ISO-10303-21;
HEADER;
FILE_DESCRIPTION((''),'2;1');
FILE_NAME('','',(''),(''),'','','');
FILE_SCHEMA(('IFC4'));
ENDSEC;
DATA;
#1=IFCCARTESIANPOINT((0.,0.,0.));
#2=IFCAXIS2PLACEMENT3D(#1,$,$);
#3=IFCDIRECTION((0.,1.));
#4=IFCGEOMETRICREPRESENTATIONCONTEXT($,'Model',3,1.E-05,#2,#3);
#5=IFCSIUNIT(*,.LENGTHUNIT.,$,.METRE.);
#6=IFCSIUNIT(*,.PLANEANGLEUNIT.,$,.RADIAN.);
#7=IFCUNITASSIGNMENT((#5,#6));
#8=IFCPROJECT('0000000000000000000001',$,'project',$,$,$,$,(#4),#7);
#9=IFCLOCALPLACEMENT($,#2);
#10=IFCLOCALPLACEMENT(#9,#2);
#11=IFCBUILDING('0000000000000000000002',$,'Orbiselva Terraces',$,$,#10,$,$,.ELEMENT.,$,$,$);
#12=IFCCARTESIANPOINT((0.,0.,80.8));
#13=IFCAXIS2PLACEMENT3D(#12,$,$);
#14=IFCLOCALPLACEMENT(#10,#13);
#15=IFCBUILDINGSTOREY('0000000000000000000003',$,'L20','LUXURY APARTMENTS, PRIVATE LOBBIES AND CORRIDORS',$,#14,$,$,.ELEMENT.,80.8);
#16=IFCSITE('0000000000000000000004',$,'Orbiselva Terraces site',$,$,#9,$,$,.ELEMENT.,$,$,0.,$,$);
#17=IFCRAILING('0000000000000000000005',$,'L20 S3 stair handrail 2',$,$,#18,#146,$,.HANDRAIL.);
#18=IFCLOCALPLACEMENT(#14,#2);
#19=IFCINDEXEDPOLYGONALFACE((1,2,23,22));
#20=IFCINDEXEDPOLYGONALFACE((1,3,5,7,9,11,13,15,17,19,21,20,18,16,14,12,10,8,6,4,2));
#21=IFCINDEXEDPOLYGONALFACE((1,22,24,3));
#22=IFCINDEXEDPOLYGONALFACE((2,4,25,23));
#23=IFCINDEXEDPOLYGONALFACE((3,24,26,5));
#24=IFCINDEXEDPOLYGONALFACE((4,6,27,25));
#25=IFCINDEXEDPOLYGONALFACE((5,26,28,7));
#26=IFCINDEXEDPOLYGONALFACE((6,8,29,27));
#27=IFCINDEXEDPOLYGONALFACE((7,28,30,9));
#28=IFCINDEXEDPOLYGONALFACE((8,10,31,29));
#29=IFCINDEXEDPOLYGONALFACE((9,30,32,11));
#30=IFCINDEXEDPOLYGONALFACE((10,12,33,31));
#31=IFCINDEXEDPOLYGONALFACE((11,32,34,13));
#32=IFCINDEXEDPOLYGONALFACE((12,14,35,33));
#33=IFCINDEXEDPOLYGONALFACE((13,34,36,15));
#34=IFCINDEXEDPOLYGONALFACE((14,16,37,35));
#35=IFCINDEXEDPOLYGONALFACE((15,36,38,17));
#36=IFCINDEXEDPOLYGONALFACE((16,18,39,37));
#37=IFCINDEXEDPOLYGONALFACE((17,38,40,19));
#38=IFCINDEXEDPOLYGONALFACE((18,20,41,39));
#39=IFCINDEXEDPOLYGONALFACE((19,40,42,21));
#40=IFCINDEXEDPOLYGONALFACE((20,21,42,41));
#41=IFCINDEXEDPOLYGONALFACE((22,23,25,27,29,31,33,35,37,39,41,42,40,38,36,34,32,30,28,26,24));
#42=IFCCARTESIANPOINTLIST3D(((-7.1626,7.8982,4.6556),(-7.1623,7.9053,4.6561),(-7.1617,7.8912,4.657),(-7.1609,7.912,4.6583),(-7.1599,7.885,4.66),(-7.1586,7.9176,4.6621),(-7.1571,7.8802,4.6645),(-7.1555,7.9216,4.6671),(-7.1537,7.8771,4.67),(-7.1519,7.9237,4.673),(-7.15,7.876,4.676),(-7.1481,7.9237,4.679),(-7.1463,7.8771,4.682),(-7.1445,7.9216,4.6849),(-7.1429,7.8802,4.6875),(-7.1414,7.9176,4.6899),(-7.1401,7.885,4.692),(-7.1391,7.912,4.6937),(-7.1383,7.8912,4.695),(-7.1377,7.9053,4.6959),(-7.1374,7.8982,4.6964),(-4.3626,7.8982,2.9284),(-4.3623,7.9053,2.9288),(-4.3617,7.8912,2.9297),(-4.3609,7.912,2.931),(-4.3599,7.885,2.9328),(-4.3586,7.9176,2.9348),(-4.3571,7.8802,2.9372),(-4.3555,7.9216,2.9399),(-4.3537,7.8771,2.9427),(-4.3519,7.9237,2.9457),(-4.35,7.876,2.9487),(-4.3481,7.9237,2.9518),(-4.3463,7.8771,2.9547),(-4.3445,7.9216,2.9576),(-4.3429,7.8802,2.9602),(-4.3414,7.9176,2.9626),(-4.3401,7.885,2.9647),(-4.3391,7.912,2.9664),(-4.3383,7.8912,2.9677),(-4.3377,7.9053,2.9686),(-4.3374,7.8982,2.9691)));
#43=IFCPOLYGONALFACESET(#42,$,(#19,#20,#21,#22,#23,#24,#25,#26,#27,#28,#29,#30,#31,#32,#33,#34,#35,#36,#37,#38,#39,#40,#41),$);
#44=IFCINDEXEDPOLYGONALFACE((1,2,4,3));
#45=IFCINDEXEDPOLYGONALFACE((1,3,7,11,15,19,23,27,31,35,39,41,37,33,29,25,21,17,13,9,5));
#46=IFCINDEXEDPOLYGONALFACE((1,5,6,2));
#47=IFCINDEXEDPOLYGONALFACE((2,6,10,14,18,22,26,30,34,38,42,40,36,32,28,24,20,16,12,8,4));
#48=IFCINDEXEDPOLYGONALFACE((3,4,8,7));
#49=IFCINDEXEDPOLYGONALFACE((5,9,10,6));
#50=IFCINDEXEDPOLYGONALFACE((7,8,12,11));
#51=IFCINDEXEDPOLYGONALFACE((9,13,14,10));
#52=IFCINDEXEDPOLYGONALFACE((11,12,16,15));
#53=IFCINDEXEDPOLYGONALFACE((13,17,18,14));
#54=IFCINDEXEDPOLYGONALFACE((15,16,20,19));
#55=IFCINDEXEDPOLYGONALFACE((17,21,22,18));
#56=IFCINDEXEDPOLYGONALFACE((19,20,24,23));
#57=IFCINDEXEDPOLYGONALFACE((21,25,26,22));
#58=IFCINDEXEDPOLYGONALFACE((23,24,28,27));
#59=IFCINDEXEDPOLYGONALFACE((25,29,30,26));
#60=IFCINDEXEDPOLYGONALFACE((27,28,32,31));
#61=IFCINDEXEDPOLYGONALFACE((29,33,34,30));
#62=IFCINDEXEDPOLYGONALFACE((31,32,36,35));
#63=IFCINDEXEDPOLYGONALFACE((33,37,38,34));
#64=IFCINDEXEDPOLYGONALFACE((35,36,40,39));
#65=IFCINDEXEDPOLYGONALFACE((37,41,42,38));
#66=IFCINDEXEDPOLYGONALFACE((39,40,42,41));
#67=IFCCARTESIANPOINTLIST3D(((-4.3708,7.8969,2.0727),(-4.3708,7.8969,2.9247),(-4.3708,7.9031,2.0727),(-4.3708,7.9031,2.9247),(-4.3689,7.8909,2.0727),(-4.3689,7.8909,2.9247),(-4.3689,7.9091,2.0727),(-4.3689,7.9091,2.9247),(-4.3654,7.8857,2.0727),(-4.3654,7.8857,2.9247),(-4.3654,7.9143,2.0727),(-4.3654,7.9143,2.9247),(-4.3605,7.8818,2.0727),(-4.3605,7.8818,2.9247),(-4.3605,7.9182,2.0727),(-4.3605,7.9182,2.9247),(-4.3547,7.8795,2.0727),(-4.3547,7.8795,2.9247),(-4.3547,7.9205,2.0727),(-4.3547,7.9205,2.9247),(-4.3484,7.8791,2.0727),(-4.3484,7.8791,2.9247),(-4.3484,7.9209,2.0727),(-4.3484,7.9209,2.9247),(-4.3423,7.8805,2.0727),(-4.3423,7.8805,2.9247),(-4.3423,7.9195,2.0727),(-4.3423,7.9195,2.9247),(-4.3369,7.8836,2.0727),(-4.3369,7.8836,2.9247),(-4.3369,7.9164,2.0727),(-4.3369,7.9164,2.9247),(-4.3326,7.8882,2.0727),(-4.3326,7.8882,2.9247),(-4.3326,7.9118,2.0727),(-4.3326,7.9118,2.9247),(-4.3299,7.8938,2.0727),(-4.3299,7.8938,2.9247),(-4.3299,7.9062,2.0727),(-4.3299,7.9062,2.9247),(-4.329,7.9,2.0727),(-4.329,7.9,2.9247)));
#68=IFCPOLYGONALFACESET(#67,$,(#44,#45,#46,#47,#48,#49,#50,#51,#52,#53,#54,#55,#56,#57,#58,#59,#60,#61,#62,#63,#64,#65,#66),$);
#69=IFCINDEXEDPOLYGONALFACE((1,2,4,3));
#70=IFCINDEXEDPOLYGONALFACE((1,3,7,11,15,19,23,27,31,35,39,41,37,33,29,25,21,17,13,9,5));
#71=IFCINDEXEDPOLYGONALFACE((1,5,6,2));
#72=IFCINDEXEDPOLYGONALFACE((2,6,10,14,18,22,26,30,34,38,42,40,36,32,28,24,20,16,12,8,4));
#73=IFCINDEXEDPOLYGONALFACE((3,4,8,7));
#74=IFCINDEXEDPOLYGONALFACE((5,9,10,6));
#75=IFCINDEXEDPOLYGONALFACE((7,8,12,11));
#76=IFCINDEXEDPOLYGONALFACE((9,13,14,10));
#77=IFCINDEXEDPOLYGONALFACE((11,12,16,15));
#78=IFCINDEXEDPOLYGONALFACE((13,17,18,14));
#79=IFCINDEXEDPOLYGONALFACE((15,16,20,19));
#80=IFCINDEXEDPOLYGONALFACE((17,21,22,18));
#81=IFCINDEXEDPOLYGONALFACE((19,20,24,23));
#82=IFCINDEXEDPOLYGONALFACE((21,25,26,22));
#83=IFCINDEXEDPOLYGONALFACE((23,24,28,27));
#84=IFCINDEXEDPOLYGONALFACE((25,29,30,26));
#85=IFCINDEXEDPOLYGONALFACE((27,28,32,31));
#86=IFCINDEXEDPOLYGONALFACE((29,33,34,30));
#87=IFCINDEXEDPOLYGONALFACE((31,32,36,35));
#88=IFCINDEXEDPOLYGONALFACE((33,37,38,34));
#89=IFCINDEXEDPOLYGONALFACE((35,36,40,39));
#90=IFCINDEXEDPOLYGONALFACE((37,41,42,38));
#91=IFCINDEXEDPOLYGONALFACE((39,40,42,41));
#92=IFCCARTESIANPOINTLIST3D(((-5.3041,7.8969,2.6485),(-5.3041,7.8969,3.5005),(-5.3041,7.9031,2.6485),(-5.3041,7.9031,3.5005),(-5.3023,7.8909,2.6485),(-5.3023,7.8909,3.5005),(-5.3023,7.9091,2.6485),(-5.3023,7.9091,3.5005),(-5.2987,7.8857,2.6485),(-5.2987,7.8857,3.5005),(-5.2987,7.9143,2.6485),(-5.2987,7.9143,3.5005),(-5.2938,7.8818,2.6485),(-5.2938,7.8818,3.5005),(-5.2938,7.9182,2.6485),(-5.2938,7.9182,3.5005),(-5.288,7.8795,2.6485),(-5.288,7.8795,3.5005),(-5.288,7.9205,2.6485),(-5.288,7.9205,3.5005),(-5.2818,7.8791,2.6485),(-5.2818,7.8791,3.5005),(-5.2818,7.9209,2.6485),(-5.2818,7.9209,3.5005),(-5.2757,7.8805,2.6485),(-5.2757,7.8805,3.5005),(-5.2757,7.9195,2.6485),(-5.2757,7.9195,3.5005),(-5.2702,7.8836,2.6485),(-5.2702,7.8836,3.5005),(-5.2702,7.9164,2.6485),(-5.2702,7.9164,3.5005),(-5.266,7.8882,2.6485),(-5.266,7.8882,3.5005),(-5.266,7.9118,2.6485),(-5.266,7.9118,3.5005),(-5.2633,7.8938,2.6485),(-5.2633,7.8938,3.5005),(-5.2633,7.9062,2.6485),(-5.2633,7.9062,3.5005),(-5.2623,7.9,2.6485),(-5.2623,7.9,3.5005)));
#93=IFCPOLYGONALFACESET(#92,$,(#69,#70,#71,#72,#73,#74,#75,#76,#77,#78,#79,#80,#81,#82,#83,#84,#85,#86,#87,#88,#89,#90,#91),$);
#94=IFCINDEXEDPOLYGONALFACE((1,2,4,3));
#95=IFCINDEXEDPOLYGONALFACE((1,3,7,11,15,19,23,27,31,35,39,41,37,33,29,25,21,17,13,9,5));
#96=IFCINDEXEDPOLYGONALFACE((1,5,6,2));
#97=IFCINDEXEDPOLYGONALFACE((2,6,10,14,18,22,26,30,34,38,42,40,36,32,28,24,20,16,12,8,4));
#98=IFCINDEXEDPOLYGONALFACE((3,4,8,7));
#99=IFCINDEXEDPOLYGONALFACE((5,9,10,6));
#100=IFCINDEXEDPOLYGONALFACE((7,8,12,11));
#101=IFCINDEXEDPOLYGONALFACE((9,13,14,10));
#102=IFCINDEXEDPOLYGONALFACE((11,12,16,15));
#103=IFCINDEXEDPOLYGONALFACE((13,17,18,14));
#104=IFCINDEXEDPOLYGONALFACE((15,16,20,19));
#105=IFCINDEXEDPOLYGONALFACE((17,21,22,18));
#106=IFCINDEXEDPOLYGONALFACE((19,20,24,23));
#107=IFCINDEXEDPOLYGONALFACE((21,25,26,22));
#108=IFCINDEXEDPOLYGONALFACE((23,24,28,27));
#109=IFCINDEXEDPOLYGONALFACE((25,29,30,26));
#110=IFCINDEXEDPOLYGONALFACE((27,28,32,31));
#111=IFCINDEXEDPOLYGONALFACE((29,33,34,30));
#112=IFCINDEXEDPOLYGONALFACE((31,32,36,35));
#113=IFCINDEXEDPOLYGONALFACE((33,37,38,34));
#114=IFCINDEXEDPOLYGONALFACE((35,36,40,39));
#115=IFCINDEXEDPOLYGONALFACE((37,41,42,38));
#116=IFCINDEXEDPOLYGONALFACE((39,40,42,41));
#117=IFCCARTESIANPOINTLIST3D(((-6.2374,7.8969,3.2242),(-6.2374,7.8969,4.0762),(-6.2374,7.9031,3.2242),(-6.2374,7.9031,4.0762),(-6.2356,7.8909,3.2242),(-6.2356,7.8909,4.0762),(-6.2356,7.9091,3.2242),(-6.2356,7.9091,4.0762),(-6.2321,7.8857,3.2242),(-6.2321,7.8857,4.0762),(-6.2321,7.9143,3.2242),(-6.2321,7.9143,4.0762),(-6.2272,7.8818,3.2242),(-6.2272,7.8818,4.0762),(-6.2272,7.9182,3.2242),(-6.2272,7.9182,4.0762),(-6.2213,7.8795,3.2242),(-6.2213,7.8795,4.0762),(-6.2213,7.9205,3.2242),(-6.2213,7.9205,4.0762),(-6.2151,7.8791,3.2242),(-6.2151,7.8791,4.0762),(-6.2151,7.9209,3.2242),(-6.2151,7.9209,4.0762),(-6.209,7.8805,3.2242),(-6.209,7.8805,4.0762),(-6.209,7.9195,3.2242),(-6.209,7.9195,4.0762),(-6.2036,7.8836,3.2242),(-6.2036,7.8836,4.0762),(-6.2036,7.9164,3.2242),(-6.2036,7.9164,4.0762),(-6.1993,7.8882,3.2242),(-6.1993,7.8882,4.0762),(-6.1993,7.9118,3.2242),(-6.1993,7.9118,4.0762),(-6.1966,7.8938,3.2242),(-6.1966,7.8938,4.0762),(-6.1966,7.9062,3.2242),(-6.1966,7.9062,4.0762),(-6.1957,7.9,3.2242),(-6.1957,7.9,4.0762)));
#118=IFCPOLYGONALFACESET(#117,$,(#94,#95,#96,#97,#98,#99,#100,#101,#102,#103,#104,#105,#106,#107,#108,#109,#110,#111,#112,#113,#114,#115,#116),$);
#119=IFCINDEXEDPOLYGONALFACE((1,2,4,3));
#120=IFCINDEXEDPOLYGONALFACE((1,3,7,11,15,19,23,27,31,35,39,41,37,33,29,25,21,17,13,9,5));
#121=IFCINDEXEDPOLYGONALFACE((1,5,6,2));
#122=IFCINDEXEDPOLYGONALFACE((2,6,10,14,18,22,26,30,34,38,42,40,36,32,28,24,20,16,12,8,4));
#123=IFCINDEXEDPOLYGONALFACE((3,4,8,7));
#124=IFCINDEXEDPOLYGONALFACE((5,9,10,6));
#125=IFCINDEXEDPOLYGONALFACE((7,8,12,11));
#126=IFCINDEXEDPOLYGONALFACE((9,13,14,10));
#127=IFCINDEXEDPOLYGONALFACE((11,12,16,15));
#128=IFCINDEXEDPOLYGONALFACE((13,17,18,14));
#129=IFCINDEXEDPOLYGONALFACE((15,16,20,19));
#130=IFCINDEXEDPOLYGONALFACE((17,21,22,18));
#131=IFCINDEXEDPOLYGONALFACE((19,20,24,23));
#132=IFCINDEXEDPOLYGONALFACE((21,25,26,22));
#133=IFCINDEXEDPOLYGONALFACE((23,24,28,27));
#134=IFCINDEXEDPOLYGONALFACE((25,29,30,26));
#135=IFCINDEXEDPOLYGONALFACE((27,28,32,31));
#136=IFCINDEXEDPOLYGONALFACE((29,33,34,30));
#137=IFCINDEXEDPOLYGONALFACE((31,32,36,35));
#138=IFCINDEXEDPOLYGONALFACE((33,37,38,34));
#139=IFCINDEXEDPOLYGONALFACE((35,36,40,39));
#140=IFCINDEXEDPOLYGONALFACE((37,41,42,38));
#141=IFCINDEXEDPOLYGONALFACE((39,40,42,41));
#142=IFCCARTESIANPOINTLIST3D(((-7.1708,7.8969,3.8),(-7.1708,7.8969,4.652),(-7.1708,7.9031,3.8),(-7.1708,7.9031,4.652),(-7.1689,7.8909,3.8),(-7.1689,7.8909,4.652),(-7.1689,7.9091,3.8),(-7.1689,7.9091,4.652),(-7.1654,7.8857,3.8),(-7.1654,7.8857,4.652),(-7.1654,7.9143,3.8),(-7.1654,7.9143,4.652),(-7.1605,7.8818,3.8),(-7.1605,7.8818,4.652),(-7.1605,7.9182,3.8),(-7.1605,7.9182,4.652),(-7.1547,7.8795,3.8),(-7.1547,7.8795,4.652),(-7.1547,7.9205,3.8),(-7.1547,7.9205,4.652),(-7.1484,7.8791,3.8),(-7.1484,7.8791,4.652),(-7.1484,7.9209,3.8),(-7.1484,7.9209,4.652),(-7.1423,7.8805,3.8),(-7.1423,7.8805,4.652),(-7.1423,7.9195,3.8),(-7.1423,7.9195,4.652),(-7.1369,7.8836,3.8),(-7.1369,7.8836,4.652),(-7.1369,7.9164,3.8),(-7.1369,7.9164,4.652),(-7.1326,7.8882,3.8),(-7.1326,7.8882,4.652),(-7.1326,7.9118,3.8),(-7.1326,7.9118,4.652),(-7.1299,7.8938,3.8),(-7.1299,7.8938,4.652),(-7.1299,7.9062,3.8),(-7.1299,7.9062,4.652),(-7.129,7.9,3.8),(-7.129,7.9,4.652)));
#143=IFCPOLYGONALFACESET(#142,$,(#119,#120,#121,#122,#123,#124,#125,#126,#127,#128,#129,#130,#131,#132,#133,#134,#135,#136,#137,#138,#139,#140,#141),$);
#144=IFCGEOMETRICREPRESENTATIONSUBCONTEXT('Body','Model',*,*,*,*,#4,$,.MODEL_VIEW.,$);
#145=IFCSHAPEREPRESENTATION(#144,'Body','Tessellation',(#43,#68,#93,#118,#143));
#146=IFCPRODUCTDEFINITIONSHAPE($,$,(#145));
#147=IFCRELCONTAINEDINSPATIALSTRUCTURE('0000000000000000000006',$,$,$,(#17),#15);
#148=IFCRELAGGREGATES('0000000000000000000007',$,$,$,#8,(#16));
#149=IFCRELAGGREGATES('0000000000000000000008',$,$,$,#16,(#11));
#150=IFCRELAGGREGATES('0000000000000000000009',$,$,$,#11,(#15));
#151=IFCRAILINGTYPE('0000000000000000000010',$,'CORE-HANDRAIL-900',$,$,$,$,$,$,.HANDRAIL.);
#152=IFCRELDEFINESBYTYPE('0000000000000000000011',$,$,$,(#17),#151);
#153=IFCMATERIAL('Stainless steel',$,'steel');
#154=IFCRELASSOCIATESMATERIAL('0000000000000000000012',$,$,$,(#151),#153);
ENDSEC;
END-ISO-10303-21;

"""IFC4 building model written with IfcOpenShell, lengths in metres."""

from ifc_helpers import new_model, si_unit, direction, frame, origin, origin_2d, place, context, subcontext, project, spatial, circle, extrude, material, type_object, element, save


model = new_model("IFC4")

# Units and contexts
model_context = context("Model", 3, precision=1e-05, world=origin(), true_north=direction((0.0, 1.0)))
body_context = subcontext(model_context, "Body", "Model", "MODEL_VIEW")
ifc_project = project(units=[si_unit("LENGTHUNIT", "METRE"), si_unit("PLANEANGLEUNIT", "RADIAN")], contexts=[model_context])

# Site, building, storey
site_placement = place(None, origin())
site = spatial("IfcSite", under=ifc_project, at=site_placement, Name="Orbiselva Terraces site", CompositionType="ELEMENT", RefElevation=0.0)
building_placement = place(site_placement, origin())
building = spatial("IfcBuilding", under=site, at=building_placement, Name="Orbiselva Terraces", CompositionType="ELEMENT")
storey_placement = place(building_placement, frame((0.0, 0.0, 80.8)))
storey = spatial("IfcBuildingStorey", under=building, at=storey_placement, Name="L20", Description="LUXURY APARTMENTS, PRIVATE LOBBIES AND CORRIDORS", CompositionType="ELEMENT", Elevation=80.8)

# Railing
ifc_material_1 = material(Name="Stainless steel", Category="steel")
railing_type_1 = type_object("IfcRailingType", Name="CORE-HANDRAIL-900", PredefinedType="HANDRAIL", material=ifc_material_1)
railing_1_placement = place(storey_placement, frame((-4.35, 7.9, 2.0727)))
element("IfcRailing", 1, at=railing_1_placement, inside=storey, type_object=railing_type_1, Name="L20 S3 stair handrail 2", PredefinedType="HANDRAIL", context=body_context, shape_type="SweptSolid", body=[
    extrude(circle(Radius=0.024, at=origin_2d()), frame((0.0, 0.0, 0.876), z_axis=(-0.851089, 0.0, 0.525022), x_axis=(0.0, -1.0, 0.0)), (0.0, 0.0, 1.0), 3.2899),
    extrude(circle(Radius=0.021, at=origin_2d()), origin(), (0.0, 0.0, 1.0), 0.852),
    extrude(circle(Radius=0.021, at=origin_2d()), frame((-0.9333, 0.0, 0.5758)), (0.0, 0.0, 1.0), 0.852),
    extrude(circle(Radius=0.021, at=origin_2d()), frame((-1.8667, 0.0, 1.1515)), (0.0, 0.0, 1.0), 0.852),
    extrude(circle(Radius=0.021, at=origin_2d()), frame((-2.8, 0.0, 1.7273)), (0.0, 0.0, 1.0), 0.852),
])

save(model, "model.ifc")
